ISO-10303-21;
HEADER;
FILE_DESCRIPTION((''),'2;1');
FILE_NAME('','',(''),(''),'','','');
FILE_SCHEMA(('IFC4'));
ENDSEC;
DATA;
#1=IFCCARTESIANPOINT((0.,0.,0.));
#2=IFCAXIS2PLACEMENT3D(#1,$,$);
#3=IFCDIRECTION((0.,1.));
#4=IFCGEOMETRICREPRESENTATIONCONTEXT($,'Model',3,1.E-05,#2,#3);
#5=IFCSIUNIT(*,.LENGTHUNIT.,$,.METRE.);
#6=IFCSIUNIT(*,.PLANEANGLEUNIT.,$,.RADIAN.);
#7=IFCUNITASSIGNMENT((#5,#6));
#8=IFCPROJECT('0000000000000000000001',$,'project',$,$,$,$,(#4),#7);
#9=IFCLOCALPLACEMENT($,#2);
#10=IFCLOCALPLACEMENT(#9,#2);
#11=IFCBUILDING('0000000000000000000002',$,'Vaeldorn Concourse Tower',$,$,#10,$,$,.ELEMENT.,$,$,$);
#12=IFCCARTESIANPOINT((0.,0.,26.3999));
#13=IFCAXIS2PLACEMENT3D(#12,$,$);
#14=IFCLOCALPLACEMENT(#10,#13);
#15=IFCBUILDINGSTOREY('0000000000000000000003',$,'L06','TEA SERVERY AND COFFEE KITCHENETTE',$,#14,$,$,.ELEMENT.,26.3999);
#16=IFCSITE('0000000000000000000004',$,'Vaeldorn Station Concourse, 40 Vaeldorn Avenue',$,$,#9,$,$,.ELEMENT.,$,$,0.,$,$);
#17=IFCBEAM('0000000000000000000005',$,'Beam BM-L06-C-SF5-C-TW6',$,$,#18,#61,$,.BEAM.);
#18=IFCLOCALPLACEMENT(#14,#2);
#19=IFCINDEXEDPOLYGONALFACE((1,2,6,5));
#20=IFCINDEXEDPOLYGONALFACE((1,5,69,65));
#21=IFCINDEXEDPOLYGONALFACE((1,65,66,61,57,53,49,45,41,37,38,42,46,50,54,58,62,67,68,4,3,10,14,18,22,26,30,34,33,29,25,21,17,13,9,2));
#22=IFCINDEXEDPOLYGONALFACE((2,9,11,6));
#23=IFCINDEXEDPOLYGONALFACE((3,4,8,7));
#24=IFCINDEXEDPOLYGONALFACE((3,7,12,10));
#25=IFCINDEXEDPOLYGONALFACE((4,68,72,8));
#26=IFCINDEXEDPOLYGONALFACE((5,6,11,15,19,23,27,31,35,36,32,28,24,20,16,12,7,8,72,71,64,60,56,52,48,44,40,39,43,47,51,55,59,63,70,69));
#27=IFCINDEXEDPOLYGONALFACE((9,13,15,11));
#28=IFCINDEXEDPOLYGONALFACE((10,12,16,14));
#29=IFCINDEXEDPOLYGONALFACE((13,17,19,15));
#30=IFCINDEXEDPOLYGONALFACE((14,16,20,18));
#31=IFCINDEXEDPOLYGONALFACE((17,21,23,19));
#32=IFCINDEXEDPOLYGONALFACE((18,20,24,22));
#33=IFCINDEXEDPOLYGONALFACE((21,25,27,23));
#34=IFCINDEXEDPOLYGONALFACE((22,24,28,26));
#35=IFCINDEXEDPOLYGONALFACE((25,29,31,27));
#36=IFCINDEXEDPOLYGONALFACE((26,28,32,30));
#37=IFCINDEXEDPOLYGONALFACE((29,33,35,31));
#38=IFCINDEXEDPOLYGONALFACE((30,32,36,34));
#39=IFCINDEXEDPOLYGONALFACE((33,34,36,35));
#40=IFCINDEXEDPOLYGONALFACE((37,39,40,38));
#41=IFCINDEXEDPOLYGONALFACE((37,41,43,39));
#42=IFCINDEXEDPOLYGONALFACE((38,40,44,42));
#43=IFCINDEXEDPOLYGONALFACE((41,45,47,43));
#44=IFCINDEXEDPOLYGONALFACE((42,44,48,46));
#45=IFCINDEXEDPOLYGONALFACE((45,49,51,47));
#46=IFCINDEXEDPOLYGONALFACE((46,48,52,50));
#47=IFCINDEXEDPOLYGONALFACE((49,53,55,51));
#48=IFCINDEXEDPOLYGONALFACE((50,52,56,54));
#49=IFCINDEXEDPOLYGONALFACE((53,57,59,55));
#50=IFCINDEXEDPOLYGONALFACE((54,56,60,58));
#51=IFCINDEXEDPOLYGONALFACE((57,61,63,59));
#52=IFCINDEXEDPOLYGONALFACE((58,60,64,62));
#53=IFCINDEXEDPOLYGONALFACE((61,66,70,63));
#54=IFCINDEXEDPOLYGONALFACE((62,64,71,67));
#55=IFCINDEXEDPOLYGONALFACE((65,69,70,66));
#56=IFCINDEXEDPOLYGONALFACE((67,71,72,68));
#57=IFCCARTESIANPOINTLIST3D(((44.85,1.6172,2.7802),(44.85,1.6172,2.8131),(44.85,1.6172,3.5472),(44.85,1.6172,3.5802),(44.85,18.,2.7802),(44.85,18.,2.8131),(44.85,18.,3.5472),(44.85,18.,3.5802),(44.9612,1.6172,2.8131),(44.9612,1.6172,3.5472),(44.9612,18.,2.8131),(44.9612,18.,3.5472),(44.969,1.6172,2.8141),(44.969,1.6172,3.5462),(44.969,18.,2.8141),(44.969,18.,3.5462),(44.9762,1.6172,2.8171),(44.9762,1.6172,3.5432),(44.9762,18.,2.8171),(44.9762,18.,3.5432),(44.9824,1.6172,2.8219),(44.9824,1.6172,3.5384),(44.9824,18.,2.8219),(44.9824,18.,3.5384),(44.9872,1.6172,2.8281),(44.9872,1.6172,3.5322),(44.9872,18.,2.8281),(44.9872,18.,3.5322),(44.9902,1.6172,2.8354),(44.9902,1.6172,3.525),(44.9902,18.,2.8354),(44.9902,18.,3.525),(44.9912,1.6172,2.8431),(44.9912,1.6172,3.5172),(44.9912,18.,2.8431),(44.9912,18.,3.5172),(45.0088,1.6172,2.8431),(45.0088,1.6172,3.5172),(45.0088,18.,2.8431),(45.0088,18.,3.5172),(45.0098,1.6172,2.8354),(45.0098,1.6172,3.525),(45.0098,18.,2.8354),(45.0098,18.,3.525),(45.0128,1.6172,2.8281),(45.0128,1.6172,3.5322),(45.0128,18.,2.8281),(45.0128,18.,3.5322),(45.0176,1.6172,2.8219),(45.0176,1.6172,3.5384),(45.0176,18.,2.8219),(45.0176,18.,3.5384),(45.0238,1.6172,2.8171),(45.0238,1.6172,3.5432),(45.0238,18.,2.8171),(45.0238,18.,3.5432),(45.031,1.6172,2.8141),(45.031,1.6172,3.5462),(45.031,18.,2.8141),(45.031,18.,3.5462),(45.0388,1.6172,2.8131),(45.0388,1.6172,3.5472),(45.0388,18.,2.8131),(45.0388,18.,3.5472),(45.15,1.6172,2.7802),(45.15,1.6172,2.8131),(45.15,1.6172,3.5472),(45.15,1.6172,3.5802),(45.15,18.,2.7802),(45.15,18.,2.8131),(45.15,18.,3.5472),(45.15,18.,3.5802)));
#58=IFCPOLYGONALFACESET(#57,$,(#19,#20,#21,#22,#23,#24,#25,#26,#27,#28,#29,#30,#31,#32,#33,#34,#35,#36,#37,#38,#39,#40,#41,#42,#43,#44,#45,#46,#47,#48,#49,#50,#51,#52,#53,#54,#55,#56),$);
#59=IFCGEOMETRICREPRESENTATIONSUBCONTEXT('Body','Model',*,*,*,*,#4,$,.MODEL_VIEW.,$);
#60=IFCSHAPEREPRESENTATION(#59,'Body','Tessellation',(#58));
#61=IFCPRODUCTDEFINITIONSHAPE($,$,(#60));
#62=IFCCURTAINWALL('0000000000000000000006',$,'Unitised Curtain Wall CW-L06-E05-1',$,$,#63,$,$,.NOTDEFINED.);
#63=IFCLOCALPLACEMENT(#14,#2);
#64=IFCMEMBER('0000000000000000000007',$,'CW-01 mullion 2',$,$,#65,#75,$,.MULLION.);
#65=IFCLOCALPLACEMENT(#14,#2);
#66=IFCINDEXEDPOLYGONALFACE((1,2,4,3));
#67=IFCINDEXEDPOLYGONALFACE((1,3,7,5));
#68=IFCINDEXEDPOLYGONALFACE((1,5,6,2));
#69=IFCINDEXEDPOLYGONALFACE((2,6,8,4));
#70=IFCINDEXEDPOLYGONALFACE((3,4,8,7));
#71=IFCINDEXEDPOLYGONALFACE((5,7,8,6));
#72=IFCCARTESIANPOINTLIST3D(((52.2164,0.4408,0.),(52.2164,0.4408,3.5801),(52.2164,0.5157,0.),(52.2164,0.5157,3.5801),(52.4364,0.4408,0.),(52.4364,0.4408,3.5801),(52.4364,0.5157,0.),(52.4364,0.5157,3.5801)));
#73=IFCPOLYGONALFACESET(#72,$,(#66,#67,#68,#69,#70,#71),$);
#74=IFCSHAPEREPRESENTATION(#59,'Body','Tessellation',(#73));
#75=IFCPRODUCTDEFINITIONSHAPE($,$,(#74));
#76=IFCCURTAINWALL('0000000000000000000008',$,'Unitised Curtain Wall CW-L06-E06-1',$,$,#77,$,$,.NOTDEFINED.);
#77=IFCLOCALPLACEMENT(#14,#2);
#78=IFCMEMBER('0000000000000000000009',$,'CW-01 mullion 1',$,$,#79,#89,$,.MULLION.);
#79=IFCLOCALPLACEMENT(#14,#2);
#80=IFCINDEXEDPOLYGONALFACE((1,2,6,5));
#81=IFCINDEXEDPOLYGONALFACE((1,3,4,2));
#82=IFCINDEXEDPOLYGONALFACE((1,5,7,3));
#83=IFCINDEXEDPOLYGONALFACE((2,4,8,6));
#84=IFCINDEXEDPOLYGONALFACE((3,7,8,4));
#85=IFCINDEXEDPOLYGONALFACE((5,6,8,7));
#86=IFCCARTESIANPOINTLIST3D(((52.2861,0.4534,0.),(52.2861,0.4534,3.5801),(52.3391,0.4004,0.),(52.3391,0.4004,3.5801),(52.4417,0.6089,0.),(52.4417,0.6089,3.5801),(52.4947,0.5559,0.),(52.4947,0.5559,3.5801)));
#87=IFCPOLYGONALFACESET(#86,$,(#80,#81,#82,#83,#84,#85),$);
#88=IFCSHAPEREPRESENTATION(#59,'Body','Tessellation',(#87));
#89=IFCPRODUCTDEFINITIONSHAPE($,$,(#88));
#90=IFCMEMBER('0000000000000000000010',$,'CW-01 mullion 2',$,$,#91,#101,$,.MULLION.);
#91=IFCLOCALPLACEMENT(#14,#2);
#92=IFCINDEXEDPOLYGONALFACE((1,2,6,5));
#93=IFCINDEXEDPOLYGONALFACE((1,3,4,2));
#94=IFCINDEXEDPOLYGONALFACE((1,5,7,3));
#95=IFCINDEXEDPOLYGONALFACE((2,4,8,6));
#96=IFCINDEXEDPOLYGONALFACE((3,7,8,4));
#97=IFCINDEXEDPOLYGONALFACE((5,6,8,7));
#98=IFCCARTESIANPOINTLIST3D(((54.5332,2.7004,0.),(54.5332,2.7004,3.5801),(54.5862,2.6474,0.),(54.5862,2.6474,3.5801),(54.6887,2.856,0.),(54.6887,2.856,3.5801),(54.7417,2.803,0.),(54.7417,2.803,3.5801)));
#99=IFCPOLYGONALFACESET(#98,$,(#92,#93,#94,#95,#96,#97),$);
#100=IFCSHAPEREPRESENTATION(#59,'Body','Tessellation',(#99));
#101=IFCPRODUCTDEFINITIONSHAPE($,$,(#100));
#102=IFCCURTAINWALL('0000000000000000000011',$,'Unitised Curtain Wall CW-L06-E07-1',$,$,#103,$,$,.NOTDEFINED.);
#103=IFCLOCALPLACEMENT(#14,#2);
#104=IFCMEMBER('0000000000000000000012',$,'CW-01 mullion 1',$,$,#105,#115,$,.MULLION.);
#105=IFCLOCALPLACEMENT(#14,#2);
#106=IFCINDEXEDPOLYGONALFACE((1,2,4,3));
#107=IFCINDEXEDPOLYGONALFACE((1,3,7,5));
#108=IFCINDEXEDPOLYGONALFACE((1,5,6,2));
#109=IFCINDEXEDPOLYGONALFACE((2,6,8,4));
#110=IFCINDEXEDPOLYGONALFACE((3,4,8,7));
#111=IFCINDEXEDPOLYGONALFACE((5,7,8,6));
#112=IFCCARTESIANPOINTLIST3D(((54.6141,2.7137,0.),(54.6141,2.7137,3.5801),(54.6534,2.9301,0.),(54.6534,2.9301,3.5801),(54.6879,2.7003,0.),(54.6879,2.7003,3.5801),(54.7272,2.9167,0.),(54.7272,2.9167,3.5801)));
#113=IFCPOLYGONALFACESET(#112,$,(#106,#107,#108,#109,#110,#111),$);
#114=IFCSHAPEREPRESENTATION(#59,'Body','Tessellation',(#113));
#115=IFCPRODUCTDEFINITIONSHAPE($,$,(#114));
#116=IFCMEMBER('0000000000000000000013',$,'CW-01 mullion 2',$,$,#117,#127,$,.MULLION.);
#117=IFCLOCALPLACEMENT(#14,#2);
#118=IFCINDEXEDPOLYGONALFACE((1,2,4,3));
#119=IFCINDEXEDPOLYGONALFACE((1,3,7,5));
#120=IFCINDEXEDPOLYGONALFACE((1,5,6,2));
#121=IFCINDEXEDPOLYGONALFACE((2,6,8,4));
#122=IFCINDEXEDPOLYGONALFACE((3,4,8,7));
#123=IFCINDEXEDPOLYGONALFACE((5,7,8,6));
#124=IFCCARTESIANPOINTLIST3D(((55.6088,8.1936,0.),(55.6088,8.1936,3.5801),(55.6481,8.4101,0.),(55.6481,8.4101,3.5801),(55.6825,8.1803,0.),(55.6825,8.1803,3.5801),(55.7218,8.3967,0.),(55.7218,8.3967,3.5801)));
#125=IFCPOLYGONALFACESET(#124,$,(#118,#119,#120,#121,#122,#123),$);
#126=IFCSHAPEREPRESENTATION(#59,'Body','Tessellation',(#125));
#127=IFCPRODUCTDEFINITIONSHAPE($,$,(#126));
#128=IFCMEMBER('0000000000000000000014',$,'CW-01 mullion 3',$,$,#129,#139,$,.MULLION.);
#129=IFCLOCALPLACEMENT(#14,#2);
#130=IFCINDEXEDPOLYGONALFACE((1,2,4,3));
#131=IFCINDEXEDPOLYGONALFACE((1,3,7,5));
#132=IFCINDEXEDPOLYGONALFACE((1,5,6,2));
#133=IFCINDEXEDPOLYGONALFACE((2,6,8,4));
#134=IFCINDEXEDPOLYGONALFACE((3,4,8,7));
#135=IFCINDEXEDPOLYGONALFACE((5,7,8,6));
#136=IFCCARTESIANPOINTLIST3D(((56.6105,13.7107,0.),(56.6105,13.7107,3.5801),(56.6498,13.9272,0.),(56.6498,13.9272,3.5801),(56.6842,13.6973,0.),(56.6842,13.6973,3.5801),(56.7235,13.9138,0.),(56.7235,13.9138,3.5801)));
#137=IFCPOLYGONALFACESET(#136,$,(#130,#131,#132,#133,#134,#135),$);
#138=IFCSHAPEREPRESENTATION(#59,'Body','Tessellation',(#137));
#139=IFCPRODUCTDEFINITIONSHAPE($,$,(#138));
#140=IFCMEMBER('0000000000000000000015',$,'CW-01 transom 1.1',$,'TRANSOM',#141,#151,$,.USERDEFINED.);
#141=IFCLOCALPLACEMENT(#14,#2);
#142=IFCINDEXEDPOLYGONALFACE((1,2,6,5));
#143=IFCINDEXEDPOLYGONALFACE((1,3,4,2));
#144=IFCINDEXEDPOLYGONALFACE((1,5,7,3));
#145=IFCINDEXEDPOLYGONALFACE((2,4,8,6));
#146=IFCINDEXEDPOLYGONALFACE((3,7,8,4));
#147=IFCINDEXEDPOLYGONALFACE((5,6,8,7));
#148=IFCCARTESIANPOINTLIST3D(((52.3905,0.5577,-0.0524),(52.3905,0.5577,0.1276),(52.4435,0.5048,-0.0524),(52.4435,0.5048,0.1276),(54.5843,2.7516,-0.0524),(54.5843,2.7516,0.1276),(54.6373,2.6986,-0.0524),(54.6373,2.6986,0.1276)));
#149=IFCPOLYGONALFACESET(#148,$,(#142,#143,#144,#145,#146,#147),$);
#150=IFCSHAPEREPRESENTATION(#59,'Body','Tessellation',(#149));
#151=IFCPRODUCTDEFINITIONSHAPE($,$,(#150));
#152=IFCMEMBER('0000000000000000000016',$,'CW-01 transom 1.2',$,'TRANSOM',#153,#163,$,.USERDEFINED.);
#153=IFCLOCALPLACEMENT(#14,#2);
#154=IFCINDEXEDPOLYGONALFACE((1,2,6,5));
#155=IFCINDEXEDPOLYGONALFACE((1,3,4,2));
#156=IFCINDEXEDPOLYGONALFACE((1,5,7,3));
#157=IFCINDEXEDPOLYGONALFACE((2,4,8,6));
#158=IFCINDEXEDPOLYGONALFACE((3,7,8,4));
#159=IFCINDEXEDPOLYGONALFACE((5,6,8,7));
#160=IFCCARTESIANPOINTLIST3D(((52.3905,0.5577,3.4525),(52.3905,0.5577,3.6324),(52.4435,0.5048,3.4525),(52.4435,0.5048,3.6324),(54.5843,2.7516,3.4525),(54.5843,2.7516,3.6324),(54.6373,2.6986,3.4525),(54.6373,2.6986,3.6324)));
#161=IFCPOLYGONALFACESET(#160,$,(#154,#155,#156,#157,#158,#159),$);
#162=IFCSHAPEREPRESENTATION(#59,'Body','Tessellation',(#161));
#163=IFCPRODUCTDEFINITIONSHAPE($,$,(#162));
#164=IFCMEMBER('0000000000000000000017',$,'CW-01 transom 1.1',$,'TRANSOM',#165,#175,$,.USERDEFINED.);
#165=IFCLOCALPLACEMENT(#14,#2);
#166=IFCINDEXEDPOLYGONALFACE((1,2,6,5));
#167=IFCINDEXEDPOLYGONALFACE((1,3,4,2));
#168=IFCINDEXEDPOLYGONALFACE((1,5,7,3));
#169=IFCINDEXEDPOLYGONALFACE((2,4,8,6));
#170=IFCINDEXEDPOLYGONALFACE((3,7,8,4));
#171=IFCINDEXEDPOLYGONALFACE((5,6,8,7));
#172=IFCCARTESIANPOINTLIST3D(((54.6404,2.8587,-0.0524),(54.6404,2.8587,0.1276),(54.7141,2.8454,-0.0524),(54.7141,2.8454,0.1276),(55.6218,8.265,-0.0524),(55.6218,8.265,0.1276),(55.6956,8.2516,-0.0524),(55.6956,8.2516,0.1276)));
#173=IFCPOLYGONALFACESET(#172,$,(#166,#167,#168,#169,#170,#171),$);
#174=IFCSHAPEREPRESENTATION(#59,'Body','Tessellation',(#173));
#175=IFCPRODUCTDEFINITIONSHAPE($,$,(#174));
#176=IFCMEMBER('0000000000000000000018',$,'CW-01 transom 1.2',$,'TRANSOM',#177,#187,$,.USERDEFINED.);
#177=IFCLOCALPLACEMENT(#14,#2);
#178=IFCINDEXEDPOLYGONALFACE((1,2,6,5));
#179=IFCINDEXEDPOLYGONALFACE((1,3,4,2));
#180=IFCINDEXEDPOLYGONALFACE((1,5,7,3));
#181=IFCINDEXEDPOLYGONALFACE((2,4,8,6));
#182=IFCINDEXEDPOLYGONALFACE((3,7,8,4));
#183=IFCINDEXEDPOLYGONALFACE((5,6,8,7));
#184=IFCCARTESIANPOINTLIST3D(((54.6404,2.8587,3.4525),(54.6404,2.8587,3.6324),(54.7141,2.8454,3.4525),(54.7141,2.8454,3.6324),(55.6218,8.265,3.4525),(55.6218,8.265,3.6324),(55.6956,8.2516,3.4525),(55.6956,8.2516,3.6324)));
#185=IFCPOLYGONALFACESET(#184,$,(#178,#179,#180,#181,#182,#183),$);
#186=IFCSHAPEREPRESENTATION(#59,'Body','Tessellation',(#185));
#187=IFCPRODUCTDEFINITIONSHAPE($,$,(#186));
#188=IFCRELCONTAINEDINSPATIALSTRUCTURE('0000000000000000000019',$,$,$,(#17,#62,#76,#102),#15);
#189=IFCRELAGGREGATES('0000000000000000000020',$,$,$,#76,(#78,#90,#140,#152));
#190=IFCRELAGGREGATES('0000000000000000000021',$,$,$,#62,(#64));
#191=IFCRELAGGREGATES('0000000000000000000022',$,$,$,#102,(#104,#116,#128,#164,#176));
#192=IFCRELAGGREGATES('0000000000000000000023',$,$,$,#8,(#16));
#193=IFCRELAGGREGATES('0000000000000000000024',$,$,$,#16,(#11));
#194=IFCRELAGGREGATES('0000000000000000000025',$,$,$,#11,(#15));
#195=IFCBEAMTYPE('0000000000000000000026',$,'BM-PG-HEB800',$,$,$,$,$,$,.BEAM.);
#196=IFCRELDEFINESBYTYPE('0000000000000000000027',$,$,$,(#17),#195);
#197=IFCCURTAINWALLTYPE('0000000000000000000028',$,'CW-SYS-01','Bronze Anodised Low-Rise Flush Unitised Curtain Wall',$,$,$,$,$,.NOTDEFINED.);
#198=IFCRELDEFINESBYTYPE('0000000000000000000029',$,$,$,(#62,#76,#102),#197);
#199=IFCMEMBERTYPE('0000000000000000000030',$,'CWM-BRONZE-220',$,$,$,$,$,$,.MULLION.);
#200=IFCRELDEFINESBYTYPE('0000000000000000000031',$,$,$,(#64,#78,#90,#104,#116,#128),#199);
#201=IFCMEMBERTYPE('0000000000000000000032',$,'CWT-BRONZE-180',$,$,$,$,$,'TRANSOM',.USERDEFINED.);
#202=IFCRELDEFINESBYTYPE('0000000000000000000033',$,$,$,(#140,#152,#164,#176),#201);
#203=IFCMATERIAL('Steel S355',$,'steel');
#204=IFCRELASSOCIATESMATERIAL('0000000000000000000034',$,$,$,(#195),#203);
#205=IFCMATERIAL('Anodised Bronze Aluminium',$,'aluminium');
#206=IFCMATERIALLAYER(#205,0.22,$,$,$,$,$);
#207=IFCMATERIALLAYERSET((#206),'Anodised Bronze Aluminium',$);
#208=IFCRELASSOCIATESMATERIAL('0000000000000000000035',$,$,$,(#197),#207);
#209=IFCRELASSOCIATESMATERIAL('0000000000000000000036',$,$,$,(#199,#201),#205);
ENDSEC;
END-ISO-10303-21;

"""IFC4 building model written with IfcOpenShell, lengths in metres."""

from ifc_helpers import new_model, si_unit, direction, frame, origin, origin_2d, place, context, subcontext, project, spatial, rectangle, i_section, extrude, source, transform, mapped, material, layer, layer_set, material_profile, profile_set, type_object, element, aggregate, save


model = new_model("IFC4")

# Units and contexts
model_context = context("Model", 3, precision=1e-05, world=origin(), true_north=direction((0.0, 1.0)))
body_context = subcontext(model_context, "Body", "Model", "MODEL_VIEW")
ifc_project = project(units=[si_unit("LENGTHUNIT", "METRE"), si_unit("PLANEANGLEUNIT", "RADIAN")], contexts=[model_context])

# Site, building, storey
site_placement = place(None, origin())
site = spatial("IfcSite", under=ifc_project, at=site_placement, Name="Vaeldorn Station Concourse, 40 Vaeldorn Avenue", CompositionType="ELEMENT", RefElevation=0.0)
building_placement = place(site_placement, origin())
building = spatial("IfcBuilding", under=site, at=building_placement, Name="Vaeldorn Concourse Tower", CompositionType="ELEMENT")
storey_placement = place(building_placement, frame((0.0, 0.0, 26.3999)))
storey = spatial("IfcBuildingStorey", under=building, at=storey_placement, Name="L06", Description="TEA SERVERY AND COFFEE KITCHENETTE", CompositionType="ELEMENT", Elevation=26.3999)

# Beam
ifc_material_1 = material(Name="Steel S355", Category="steel")
ifc_material_profile_1 = material_profile(ifc_material_1, i_section(OverallWidth=0.3, OverallDepth=0.8, WebThickness=0.0176, FlangeThickness=0.033, FilletRadius=0.03, at=origin_2d()), Name="HEB 800")
ifc_profile_set_1 = profile_set([ifc_material_profile_1], Name="Steel S355")
beam_type_1 = type_object("IfcBeamType", Name="BM-PG-HEB800", PredefinedType="BEAM", material=ifc_profile_set_1)
shared_shape_1 = source(origin(), body_context, "Body", "SweptSolid", [
    extrude(i_section(OverallWidth=0.3, OverallDepth=0.8, WebThickness=0.0176, FlangeThickness=0.033, FilletRadius=0.03, at=origin_2d()), origin(), (0.0, 0.0, 1.0), 16.3828),
])
beam_1_placement = place(storey_placement, frame((45.0, 1.6172, 3.1802), z_axis=(0.0, 1.0, 0.0), x_axis=(-1.0, 0.0, 0.0)))
element("IfcBeam", 1, at=beam_1_placement, inside=storey, type_object=beam_type_1, Name="Beam BM-L06-C-SF5-C-TW6", PredefinedType="BEAM", context=body_context, shape_type="MappedRepresentation", body=[
    mapped(shared_shape_1, transform((0.0, 0.0, 0.0), scale=1.0)),
])

# Curtain wall, member
ifc_material_2 = material(Name="Anodised Bronze Aluminium", Category="aluminium")
ifc_layer_1 = layer(ifc_material_2, 0.22)
ifc_layer_set_1 = layer_set([ifc_layer_1], Name="Anodised Bronze Aluminium")
curtain_wall_type = type_object("IfcCurtainWallType", Name="CW-SYS-01", Description="Bronze Anodised Low-Rise Flush Unitised Curtain Wall", PredefinedType="NOTDEFINED", material=ifc_layer_set_1)
curtain_wall_1_placement = place(storey_placement, origin())
curtain_wall_1 = element("IfcCurtainWall", 2, at=curtain_wall_1_placement, inside=storey, type_object=curtain_wall_type, Name="Unitised Curtain Wall CW-L06-E05-1", PredefinedType="NOTDEFINED")
ifc_material_profile_2 = material_profile(ifc_material_2, rectangle(XDim=0.075, YDim=0.22, at=origin_2d()), Name="CWM 75x220")
ifc_profile_set_2 = profile_set([ifc_material_profile_2], Name="Anodised Bronze Aluminium")
member_type_1 = type_object("IfcMemberType", Name="CWM-BRONZE-220", PredefinedType="MULLION", material=ifc_profile_set_2)
shared_shape_2 = source(origin(), body_context, "Body", "SweptSolid", [
    extrude(rectangle(XDim=0.075, YDim=0.22, at=origin_2d()), origin(), (0.0, 0.0, 1.0), 3.5801),
])
member_1_placement = place(storey_placement, frame((52.3264, 0.4783, 0.0), z_axis=(0.0, 0.0, 1.0), x_axis=(0.0, 1.0, 0.0)))
member_1 = element("IfcMember", 3, at=member_1_placement, type_object=member_type_1, Name="CW-01 mullion 2", PredefinedType="MULLION", context=body_context, shape_type="MappedRepresentation", body=[
    mapped(shared_shape_2, transform((0.0, 0.0, 0.0), scale=1.0)),
])

# Curtain walls, members
curtain_wall_2_placement = place(storey_placement, origin())
curtain_wall_2 = element("IfcCurtainWall", 4, at=curtain_wall_2_placement, inside=storey, type_object=curtain_wall_type, Name="Unitised Curtain Wall CW-L06-E06-1", PredefinedType="NOTDEFINED")
member_2_placement = place(storey_placement, frame((52.3904, 0.5046, 0.0), z_axis=(0.0, 0.0, 1.0), x_axis=(-0.707107, 0.707107, 0.0)))
member_2 = element("IfcMember", 5, at=member_2_placement, type_object=member_type_1, Name="CW-01 mullion 1", PredefinedType="MULLION", context=body_context, shape_type="MappedRepresentation", body=[
    mapped(shared_shape_2, transform((0.0, 0.0, 0.0), scale=1.0)),
])
member_3_placement = place(storey_placement, frame((54.6375, 2.7517, 0.0), z_axis=(0.0, 0.0, 1.0), x_axis=(-0.707107, 0.707107, 0.0)))
member_3 = element("IfcMember", 6, at=member_3_placement, type_object=member_type_1, Name="CW-01 mullion 2", PredefinedType="MULLION", context=body_context, shape_type="MappedRepresentation", body=[
    mapped(shared_shape_2, transform((0.0, 0.0, 0.0), scale=1.0)),
])
curtain_wall_3_placement = place(storey_placement, origin())
curtain_wall_3 = element("IfcCurtainWall", 7, at=curtain_wall_3_placement, inside=storey, type_object=curtain_wall_type, Name="Unitised Curtain Wall CW-L06-E07-1", PredefinedType="NOTDEFINED")
member_4_placement = place(storey_placement, frame((54.6707, 2.8152, 0.0), z_axis=(0.0, 0.0, 1.0), x_axis=(-0.98392, 0.178609, 0.0)))
member_4 = element("IfcMember", 8, at=member_4_placement, type_object=member_type_1, Name="CW-01 mullion 1", PredefinedType="MULLION", context=body_context, shape_type="MappedRepresentation", body=[
    mapped(shared_shape_2, transform((0.0, 0.0, 0.0), scale=1.0)),
])
member_5_placement = place(storey_placement, frame((55.6653, 8.2952, 0.0), z_axis=(0.0, 0.0, 1.0), x_axis=(-0.98392, 0.178609, 0.0)))
member_5 = element("IfcMember", 9, at=member_5_placement, type_object=member_type_1, Name="CW-01 mullion 2", PredefinedType="MULLION", context=body_context, shape_type="MappedRepresentation", body=[
    mapped(shared_shape_2, transform((0.0, 0.0, 0.0), scale=1.0)),
])
member_6_placement = place(storey_placement, frame((56.667, 13.8123, 0.0), z_axis=(0.0, 0.0, 1.0), x_axis=(-0.98392, 0.178609, 0.0)))
member_6 = element("IfcMember", 10, at=member_6_placement, type_object=member_type_1, Name="CW-01 mullion 3", PredefinedType="MULLION", context=body_context, shape_type="MappedRepresentation", body=[
    mapped(shared_shape_2, transform((0.0, 0.0, 0.0), scale=1.0)),
])

# Members
ifc_material_profile_3 = material_profile(ifc_material_2, rectangle(XDim=0.075, YDim=0.1799, at=origin_2d()), Name="CWT 75x180")
ifc_profile_set_3 = profile_set([ifc_material_profile_3], Name="Anodised Bronze Aluminium")
member_type_2 = type_object("IfcMemberType", Name="CWT-BRONZE-180", ElementType="TRANSOM", PredefinedType="USERDEFINED", material=ifc_profile_set_3)
shared_shape_3 = source(origin(), body_context, "Body", "SweptSolid", [
    extrude(rectangle(XDim=0.075, YDim=0.1799, at=origin_2d()), origin(), (0.0, 0.0, 1.0), 3.1025),
])
member_7_placement = place(storey_placement, frame((52.417, 0.5312, 0.0376), z_axis=(0.707107, 0.707107, 0.0), x_axis=(-0.707107, 0.707107, 0.0)))
member_7 = element("IfcMember", 11, at=member_7_placement, type_object=member_type_2, Name="CW-01 transom 1.1", ObjectType="TRANSOM", PredefinedType="USERDEFINED", context=body_context, shape_type="MappedRepresentation", body=[
    mapped(shared_shape_3, transform((0.0, 0.0, 0.0), scale=1.0)),
])
member_8_placement = place(storey_placement, frame((52.417, 0.5312, 3.5425), z_axis=(0.707107, 0.707107, 0.0), x_axis=(-0.707107, 0.707107, 0.0)))
member_8 = element("IfcMember", 12, at=member_8_placement, type_object=member_type_2, Name="CW-01 transom 1.2", ObjectType="TRANSOM", PredefinedType="USERDEFINED", context=body_context, shape_type="MappedRepresentation", body=[
    mapped(shared_shape_3, transform((0.0, 0.0, 0.0), scale=1.0)),
])
shared_shape_4 = source(origin(), body_context, "Body", "SweptSolid", [
    extrude(rectangle(XDim=0.075, YDim=0.1799, at=origin_2d()), origin(), (0.0, 0.0, 1.0), 5.4946),
])
member_9_placement = place(storey_placement, frame((54.6772, 2.8521, 0.0376), z_axis=(0.17862, 0.983918, 0.0), x_axis=(-0.983918, 0.17862, 0.0)))
member_9 = element("IfcMember", 13, at=member_9_placement, type_object=member_type_2, Name="CW-01 transom 1.1", ObjectType="TRANSOM", PredefinedType="USERDEFINED", context=body_context, shape_type="MappedRepresentation", body=[
    mapped(shared_shape_4, transform((0.0, 0.0, 0.0), scale=1.0)),
])
member_10_placement = place(storey_placement, frame((54.6772, 2.8521, 3.5425), z_axis=(0.17862, 0.983918, 0.0), x_axis=(-0.983918, 0.17862, 0.0)))
member_10 = element("IfcMember", 14, at=member_10_placement, type_object=member_type_2, Name="CW-01 transom 1.2", ObjectType="TRANSOM", PredefinedType="USERDEFINED", context=body_context, shape_type="MappedRepresentation", body=[
    mapped(shared_shape_4, transform((0.0, 0.0, 0.0), scale=1.0)),
])

aggregate(curtain_wall_2, [member_2, member_3, member_7, member_8])
aggregate(curtain_wall_1, [member_1])
aggregate(curtain_wall_3, [member_4, member_5, member_6, member_9, member_10])

save(model, "model.ifc")
